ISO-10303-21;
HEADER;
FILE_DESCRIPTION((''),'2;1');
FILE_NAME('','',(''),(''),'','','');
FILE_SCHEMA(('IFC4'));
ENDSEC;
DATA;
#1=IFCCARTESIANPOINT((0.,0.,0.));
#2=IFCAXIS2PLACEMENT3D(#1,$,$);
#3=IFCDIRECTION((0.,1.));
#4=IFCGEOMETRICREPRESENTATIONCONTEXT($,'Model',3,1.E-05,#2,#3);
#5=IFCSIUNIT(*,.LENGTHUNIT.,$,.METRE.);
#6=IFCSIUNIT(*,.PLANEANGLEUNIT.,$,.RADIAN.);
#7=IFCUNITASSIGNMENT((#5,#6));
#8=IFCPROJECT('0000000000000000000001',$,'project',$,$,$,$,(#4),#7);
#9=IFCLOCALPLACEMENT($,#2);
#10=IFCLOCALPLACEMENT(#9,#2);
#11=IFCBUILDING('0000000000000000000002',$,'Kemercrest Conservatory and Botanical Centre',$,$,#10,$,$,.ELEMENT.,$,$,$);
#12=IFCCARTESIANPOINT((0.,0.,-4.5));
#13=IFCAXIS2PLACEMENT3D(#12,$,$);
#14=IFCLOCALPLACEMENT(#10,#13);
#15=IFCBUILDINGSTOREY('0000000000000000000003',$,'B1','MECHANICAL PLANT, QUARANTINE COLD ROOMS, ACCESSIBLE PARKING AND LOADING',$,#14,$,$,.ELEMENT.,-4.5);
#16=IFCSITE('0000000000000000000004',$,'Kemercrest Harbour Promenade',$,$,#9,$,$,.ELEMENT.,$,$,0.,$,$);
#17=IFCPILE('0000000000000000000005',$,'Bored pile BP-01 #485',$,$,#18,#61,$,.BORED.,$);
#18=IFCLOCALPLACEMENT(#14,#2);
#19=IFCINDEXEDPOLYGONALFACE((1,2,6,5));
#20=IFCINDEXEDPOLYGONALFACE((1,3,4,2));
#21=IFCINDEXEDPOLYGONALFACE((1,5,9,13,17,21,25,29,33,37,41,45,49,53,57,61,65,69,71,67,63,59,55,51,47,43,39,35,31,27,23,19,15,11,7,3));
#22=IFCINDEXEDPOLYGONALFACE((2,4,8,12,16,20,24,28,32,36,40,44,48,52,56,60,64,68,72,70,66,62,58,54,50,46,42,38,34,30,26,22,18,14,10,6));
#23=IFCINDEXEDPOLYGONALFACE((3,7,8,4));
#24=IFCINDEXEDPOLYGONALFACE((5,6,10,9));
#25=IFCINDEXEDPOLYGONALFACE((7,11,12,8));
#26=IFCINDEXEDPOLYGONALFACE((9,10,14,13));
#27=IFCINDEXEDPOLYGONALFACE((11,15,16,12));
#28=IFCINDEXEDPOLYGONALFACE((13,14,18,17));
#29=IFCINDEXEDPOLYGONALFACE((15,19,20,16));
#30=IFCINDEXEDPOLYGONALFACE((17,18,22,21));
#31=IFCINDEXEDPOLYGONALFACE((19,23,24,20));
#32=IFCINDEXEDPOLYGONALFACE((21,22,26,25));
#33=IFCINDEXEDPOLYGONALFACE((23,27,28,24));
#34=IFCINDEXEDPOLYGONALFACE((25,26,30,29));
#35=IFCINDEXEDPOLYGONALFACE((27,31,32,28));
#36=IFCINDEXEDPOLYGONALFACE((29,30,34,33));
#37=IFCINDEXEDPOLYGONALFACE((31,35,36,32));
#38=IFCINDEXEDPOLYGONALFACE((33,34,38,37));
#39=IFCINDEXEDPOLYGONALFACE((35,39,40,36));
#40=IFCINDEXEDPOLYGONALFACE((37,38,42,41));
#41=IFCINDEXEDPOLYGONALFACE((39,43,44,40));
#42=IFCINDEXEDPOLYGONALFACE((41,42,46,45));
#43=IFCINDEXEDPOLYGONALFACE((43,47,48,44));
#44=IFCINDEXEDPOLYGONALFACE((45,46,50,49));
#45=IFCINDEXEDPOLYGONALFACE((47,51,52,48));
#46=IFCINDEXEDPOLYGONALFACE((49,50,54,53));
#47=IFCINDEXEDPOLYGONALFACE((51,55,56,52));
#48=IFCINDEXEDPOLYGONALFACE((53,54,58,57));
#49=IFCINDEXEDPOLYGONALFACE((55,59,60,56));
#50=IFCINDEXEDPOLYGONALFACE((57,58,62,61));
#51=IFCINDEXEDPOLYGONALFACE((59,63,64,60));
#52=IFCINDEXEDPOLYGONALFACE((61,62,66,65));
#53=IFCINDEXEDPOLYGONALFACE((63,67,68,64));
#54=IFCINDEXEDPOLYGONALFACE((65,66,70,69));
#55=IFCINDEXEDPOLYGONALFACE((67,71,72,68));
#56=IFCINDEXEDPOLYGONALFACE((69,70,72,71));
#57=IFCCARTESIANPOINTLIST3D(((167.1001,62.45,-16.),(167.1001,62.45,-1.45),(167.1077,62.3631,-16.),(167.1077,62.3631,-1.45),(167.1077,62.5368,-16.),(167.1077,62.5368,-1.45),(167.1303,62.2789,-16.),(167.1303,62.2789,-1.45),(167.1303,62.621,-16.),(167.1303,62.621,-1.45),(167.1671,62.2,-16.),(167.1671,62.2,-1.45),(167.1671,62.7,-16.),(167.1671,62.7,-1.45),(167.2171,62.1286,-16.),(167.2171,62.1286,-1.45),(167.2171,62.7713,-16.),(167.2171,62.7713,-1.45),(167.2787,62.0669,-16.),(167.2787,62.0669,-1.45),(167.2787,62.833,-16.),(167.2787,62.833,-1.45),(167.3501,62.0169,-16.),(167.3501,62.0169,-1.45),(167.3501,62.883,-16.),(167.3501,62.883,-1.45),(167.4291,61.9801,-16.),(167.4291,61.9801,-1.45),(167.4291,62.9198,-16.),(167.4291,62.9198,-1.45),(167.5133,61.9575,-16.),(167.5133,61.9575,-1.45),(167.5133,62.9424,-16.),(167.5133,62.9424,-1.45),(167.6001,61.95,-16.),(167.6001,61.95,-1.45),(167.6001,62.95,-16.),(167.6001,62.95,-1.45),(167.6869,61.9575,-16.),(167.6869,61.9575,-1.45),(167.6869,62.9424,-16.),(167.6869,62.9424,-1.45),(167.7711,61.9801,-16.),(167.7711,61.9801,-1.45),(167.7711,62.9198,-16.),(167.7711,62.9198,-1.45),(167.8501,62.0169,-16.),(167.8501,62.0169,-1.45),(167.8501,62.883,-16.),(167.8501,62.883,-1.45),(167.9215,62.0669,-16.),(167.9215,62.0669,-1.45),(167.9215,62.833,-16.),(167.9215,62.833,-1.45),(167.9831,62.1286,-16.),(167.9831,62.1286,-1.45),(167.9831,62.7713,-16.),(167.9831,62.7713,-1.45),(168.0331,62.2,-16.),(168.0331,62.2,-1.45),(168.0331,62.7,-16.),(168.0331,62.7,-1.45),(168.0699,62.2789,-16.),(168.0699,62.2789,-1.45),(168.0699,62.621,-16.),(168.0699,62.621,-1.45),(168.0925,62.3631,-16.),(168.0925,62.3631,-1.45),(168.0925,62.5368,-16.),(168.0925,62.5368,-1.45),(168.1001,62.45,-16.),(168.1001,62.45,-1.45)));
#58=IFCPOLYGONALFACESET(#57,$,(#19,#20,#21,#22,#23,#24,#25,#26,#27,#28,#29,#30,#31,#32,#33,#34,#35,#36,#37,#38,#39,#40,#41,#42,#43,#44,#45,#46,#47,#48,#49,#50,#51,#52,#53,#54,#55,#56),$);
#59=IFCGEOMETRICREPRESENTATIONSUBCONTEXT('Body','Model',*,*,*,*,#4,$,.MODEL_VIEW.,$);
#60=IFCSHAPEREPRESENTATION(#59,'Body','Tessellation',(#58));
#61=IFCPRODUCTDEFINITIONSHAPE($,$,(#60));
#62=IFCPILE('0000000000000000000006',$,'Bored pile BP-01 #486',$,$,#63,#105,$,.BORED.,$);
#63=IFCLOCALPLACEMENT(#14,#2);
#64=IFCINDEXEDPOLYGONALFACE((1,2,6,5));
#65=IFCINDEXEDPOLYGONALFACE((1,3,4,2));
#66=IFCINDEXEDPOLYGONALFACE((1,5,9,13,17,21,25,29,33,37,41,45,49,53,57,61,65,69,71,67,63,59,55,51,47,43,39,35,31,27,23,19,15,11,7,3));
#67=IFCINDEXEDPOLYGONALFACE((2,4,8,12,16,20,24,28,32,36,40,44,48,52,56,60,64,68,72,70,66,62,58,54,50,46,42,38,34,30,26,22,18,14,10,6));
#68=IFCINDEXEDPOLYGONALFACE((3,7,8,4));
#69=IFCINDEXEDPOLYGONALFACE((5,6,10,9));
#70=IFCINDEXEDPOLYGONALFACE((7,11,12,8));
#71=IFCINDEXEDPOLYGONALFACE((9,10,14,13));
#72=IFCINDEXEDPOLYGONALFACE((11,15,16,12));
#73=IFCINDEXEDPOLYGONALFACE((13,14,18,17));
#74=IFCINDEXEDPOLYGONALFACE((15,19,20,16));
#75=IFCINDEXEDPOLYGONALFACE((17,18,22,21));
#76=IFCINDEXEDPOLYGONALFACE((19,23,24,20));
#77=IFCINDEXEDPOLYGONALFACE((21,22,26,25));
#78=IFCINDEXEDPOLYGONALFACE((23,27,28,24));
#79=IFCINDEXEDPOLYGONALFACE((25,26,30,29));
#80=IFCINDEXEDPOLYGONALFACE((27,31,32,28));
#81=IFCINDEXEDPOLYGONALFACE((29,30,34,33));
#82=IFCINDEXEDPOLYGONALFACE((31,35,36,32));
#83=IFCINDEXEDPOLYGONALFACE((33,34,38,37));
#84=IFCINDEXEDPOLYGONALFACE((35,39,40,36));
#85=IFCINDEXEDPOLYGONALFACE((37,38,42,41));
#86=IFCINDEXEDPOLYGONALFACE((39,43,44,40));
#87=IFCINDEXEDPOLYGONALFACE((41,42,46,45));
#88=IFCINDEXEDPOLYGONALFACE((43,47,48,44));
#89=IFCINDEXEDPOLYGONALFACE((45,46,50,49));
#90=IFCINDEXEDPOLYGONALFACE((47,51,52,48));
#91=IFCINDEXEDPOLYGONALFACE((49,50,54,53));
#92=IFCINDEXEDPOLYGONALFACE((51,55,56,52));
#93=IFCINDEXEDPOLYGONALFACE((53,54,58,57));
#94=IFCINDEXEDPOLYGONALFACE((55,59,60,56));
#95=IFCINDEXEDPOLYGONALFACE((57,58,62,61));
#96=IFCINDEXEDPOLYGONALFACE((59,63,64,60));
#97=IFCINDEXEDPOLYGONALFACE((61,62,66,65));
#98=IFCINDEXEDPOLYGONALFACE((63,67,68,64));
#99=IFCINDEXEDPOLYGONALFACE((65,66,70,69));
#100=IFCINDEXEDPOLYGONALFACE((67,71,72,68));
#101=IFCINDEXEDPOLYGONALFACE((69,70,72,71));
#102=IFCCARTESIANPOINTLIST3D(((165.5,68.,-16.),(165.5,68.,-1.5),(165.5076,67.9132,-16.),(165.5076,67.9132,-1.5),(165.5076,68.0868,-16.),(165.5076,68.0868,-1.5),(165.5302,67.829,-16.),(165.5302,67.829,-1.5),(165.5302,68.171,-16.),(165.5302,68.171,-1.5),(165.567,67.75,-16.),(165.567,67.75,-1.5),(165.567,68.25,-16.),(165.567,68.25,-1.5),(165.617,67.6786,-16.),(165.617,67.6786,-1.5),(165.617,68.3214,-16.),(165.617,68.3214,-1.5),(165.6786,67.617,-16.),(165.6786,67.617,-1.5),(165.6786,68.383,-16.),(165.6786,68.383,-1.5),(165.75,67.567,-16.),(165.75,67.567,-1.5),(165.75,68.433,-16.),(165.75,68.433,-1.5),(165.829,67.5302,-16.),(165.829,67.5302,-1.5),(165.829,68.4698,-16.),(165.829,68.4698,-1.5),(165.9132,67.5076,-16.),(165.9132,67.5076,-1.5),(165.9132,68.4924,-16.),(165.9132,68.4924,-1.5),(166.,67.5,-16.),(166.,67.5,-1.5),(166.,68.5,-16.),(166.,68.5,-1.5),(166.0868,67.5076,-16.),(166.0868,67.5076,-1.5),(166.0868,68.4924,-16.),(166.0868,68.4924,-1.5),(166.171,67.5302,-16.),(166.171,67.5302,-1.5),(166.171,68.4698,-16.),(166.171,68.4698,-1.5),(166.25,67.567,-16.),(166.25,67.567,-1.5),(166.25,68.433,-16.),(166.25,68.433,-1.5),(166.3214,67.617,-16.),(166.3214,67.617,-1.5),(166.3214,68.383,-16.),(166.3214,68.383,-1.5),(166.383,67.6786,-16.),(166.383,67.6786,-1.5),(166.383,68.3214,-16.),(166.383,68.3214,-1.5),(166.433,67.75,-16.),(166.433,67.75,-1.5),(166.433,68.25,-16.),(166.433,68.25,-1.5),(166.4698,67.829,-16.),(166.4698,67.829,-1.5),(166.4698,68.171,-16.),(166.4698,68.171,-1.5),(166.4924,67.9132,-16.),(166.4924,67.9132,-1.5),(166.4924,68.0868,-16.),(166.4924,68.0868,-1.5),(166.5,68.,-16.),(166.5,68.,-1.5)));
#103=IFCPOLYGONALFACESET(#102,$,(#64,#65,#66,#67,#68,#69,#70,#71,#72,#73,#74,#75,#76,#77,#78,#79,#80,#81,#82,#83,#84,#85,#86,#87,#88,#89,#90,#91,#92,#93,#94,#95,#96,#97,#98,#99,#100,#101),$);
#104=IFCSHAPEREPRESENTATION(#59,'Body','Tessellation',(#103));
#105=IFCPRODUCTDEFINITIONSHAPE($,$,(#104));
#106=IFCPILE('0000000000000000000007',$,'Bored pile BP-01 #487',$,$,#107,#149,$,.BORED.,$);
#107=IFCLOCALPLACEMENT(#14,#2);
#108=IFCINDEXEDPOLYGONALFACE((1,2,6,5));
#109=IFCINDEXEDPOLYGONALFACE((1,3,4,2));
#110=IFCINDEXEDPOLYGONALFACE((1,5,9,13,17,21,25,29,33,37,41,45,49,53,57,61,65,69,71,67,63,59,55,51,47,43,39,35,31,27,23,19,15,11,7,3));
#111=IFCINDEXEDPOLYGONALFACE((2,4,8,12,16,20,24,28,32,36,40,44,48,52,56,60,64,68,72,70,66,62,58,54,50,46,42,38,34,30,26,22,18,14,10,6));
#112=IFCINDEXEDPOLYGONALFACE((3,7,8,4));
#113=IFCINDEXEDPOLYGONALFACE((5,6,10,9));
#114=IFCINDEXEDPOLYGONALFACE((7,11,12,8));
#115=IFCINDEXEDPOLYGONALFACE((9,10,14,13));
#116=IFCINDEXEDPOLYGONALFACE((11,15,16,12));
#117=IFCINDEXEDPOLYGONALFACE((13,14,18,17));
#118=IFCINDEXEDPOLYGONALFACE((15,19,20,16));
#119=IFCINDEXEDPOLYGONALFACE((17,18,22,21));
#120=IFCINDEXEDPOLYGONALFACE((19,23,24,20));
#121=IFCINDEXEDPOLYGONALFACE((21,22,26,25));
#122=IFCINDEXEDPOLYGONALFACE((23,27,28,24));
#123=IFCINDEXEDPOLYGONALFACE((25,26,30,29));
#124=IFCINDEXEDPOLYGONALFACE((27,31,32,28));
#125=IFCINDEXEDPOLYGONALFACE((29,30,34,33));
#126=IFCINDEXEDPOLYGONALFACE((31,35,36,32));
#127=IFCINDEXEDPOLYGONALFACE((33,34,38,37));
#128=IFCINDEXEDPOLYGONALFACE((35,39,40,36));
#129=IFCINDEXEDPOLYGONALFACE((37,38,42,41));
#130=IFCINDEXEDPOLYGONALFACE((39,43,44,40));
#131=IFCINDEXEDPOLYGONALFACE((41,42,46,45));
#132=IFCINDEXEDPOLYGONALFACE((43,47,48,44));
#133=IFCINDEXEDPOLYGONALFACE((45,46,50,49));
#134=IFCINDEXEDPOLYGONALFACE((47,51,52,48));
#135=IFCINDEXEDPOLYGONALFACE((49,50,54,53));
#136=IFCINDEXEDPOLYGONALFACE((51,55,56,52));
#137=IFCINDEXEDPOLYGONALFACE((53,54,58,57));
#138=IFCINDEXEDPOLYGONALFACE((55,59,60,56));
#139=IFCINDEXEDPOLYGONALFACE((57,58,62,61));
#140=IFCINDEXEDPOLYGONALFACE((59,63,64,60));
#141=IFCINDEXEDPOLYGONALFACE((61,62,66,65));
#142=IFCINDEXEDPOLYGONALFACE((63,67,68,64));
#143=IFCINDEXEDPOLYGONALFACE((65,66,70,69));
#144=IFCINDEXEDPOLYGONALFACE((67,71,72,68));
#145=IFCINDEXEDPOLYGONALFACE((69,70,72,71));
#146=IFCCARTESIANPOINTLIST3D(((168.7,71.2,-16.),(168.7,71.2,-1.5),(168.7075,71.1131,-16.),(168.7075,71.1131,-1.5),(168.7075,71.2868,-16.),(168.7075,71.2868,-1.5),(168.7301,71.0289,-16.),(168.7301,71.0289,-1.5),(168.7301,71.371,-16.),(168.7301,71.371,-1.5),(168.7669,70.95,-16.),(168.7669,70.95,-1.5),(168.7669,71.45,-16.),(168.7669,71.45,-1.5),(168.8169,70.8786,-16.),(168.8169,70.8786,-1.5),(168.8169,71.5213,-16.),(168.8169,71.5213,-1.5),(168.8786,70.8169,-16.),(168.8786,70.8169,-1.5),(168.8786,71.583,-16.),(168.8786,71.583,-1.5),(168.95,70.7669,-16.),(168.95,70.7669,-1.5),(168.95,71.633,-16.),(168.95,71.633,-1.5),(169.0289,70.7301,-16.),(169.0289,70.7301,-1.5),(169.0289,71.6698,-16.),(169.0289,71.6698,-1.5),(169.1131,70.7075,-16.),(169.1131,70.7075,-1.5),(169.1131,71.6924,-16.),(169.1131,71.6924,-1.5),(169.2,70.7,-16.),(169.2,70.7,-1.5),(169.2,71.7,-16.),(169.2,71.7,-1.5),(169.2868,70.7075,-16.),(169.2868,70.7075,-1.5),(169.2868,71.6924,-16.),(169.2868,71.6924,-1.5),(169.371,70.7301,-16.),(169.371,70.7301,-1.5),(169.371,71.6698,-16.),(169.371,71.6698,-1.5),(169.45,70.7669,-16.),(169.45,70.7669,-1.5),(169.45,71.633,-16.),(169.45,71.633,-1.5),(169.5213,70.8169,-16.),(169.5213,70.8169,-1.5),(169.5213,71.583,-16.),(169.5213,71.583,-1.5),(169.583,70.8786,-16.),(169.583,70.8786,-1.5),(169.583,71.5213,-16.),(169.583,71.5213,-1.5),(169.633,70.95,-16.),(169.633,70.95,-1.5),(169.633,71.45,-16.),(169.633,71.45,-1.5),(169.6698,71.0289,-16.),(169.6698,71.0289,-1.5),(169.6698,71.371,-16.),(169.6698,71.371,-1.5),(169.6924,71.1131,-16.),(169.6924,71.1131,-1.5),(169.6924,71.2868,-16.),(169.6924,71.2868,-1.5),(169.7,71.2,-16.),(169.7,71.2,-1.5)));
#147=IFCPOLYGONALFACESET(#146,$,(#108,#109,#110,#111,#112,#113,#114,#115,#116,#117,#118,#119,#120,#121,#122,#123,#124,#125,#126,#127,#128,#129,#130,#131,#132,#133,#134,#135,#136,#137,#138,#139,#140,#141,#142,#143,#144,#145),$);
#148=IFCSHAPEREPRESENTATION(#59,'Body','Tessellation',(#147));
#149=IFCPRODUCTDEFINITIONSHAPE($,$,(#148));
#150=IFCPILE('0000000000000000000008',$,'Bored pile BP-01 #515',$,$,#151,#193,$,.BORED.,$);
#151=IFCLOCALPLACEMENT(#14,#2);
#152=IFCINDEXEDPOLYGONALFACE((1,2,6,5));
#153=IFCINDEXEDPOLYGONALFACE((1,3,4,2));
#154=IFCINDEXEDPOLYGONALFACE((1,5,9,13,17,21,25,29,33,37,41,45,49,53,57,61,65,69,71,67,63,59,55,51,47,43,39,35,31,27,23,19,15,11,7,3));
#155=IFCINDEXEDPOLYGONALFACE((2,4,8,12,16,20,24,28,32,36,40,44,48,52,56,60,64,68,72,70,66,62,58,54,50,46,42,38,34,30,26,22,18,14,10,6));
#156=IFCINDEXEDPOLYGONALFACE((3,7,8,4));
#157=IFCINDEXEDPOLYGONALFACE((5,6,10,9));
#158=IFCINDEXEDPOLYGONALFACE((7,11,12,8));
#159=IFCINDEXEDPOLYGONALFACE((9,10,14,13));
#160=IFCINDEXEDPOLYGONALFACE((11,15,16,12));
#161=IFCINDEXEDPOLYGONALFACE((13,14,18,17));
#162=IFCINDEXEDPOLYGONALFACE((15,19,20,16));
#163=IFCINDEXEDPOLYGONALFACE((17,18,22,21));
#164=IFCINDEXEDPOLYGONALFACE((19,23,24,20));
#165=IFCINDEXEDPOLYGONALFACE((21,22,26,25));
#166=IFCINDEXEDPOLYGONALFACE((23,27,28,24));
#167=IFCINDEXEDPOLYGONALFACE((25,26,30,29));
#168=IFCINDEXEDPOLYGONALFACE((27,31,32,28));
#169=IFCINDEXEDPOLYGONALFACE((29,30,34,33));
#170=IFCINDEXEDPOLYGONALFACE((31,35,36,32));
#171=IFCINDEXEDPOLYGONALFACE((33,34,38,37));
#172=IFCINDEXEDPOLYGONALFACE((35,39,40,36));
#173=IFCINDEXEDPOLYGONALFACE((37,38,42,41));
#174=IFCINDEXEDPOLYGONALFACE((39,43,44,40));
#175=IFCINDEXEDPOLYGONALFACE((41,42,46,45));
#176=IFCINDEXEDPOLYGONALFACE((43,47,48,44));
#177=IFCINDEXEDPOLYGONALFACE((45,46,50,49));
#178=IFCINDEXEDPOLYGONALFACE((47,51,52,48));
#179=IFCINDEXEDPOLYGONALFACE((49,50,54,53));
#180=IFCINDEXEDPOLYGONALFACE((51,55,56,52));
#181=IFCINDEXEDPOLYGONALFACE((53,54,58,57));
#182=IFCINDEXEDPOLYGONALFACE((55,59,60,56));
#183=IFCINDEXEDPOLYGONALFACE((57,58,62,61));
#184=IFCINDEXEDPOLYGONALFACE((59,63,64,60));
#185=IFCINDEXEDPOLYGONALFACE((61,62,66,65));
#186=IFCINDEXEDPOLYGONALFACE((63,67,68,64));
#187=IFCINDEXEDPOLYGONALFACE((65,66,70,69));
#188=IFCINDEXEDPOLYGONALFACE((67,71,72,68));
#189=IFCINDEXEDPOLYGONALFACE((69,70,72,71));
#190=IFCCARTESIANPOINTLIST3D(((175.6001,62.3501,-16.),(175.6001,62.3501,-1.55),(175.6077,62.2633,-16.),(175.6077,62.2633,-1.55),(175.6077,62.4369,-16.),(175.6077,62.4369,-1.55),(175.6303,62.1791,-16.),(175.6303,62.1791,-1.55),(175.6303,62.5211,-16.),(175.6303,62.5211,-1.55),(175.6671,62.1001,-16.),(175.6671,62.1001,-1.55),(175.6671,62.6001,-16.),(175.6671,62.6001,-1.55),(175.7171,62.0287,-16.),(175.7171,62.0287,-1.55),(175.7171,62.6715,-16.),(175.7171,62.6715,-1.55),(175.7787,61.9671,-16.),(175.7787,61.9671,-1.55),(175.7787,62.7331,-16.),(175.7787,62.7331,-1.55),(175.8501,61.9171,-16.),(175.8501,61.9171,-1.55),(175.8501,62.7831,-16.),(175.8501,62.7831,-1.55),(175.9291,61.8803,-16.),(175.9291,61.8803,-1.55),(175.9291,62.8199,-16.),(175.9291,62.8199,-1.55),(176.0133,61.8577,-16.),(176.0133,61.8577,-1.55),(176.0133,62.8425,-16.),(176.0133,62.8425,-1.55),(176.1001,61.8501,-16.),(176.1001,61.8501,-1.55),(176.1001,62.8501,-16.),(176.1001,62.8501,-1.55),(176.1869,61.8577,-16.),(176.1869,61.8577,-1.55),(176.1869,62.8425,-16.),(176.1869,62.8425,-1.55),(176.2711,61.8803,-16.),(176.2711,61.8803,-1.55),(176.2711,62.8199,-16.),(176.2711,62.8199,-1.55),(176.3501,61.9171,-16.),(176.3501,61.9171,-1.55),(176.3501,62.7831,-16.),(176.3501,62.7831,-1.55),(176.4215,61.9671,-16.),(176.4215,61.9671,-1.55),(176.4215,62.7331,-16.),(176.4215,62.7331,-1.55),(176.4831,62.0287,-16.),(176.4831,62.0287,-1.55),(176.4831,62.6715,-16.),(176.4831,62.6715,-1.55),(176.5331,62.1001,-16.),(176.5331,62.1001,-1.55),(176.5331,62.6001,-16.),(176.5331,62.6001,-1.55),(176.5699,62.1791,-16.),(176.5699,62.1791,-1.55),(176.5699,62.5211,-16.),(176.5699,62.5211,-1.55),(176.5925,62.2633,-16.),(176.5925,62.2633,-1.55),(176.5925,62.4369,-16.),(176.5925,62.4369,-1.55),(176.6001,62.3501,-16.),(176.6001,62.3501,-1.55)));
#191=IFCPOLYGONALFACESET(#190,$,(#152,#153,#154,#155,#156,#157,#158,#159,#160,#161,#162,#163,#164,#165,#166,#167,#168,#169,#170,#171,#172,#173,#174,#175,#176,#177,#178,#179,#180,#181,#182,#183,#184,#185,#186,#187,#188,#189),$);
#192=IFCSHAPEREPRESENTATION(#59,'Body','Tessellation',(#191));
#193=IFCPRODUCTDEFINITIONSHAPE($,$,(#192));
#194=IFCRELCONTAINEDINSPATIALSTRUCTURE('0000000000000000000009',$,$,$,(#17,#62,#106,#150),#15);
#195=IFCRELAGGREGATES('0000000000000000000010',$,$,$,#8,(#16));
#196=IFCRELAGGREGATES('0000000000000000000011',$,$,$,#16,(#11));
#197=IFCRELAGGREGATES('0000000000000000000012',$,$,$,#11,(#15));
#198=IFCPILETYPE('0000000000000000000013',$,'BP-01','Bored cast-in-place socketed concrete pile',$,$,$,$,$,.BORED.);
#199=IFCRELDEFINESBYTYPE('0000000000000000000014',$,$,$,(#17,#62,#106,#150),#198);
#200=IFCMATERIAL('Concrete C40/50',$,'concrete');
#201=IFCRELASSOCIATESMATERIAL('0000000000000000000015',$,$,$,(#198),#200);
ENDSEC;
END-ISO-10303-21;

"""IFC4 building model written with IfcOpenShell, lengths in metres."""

from ifc_helpers import new_model, si_unit, direction, frame, origin, origin_2d, place, context, subcontext, project, spatial, circle, extrude, material, material_profile, profile_set, type_object, element, save


model = new_model("IFC4")

# Units and contexts
model_context = context("Model", 3, precision=1e-05, world=origin(), true_north=direction((0.0, 1.0)))
body_context = subcontext(model_context, "Body", "Model", "MODEL_VIEW")
ifc_project = project(units=[si_unit("LENGTHUNIT", "METRE"), si_unit("PLANEANGLEUNIT", "RADIAN")], contexts=[model_context])

# Site, building, storey
site_placement = place(None, origin())
site = spatial("IfcSite", under=ifc_project, at=site_placement, Name="Kemercrest Harbour Promenade", CompositionType="ELEMENT", RefElevation=0.0)
building_placement = place(site_placement, origin())
building = spatial("IfcBuilding", under=site, at=building_placement, Name="Kemercrest Conservatory and Botanical Centre", CompositionType="ELEMENT")
storey_placement = place(building_placement, frame((0.0, 0.0, -4.5)))
storey = spatial("IfcBuildingStorey", under=building, at=storey_placement, Name="B1", Description="MECHANICAL PLANT, QUARANTINE COLD ROOMS, ACCESSIBLE PARKING AND LOADING", CompositionType="ELEMENT", Elevation=-4.5)

# Piles
ifc_material_1 = material(Name="Concrete C40/50", Category="concrete")
ifc_material_profile_1 = material_profile(ifc_material_1, circle(Radius=0.5, at=origin_2d()), Name="BORED PILE 1000")
ifc_profile_set_1 = profile_set([ifc_material_profile_1], Name="Concrete C40/50")
pile_type_1 = type_object("IfcPileType", Name="BP-01", Description="Bored cast-in-place socketed concrete pile", PredefinedType="BORED", material=ifc_profile_set_1)
pile_1_placement = place(storey_placement, frame((167.6001, 62.45, -1.45), z_axis=(0.0, 0.0, -1.0), x_axis=(1.0, 0.0, 0.0)))
element("IfcPile", 1, at=pile_1_placement, inside=storey, type_object=pile_type_1, Name="Bored pile BP-01 #485", PredefinedType="BORED", context=body_context, shape_type="SweptSolid", body=[
    extrude(circle(Radius=0.5, at=origin_2d()), origin(), (0.0, 0.0, 1.0), 14.55),
])
for number, where, z_axis, x_axis, name in (
    (2, (166.0, 68.0, -1.5), (0.0, 0.0, -1.0), (1.0, 0.0, 0.0), "Bored pile BP-01 #486"),
    (3, (169.2, 71.2, -1.5), (0.0, 0.0, -1.0), (1.0, 0.0, 0.0), "Bored pile BP-01 #487"),
):
    element("IfcPile", number, at=place(storey_placement, frame(where, z_axis=z_axis, x_axis=x_axis)), inside=storey, type_object=pile_type_1, Name=name, PredefinedType="BORED", context=body_context, shape_type="SweptSolid", body=[
        extrude(circle(Radius=0.5, at=origin_2d()), origin(), (0.0, 0.0, 1.0), 14.5),
    ])
pile_2_placement = place(storey_placement, frame((176.1001, 62.3501, -1.55), z_axis=(0.0, 0.0, -1.0), x_axis=(1.0, 0.0, 0.0)))
element("IfcPile", 4, at=pile_2_placement, inside=storey, type_object=pile_type_1, Name="Bored pile BP-01 #515", PredefinedType="BORED", context=body_context, shape_type="SweptSolid", body=[
    extrude(circle(Radius=0.5, at=origin_2d()), origin(), (0.0, 0.0, 1.0), 14.45),
])

save(model, "model.ifc")
